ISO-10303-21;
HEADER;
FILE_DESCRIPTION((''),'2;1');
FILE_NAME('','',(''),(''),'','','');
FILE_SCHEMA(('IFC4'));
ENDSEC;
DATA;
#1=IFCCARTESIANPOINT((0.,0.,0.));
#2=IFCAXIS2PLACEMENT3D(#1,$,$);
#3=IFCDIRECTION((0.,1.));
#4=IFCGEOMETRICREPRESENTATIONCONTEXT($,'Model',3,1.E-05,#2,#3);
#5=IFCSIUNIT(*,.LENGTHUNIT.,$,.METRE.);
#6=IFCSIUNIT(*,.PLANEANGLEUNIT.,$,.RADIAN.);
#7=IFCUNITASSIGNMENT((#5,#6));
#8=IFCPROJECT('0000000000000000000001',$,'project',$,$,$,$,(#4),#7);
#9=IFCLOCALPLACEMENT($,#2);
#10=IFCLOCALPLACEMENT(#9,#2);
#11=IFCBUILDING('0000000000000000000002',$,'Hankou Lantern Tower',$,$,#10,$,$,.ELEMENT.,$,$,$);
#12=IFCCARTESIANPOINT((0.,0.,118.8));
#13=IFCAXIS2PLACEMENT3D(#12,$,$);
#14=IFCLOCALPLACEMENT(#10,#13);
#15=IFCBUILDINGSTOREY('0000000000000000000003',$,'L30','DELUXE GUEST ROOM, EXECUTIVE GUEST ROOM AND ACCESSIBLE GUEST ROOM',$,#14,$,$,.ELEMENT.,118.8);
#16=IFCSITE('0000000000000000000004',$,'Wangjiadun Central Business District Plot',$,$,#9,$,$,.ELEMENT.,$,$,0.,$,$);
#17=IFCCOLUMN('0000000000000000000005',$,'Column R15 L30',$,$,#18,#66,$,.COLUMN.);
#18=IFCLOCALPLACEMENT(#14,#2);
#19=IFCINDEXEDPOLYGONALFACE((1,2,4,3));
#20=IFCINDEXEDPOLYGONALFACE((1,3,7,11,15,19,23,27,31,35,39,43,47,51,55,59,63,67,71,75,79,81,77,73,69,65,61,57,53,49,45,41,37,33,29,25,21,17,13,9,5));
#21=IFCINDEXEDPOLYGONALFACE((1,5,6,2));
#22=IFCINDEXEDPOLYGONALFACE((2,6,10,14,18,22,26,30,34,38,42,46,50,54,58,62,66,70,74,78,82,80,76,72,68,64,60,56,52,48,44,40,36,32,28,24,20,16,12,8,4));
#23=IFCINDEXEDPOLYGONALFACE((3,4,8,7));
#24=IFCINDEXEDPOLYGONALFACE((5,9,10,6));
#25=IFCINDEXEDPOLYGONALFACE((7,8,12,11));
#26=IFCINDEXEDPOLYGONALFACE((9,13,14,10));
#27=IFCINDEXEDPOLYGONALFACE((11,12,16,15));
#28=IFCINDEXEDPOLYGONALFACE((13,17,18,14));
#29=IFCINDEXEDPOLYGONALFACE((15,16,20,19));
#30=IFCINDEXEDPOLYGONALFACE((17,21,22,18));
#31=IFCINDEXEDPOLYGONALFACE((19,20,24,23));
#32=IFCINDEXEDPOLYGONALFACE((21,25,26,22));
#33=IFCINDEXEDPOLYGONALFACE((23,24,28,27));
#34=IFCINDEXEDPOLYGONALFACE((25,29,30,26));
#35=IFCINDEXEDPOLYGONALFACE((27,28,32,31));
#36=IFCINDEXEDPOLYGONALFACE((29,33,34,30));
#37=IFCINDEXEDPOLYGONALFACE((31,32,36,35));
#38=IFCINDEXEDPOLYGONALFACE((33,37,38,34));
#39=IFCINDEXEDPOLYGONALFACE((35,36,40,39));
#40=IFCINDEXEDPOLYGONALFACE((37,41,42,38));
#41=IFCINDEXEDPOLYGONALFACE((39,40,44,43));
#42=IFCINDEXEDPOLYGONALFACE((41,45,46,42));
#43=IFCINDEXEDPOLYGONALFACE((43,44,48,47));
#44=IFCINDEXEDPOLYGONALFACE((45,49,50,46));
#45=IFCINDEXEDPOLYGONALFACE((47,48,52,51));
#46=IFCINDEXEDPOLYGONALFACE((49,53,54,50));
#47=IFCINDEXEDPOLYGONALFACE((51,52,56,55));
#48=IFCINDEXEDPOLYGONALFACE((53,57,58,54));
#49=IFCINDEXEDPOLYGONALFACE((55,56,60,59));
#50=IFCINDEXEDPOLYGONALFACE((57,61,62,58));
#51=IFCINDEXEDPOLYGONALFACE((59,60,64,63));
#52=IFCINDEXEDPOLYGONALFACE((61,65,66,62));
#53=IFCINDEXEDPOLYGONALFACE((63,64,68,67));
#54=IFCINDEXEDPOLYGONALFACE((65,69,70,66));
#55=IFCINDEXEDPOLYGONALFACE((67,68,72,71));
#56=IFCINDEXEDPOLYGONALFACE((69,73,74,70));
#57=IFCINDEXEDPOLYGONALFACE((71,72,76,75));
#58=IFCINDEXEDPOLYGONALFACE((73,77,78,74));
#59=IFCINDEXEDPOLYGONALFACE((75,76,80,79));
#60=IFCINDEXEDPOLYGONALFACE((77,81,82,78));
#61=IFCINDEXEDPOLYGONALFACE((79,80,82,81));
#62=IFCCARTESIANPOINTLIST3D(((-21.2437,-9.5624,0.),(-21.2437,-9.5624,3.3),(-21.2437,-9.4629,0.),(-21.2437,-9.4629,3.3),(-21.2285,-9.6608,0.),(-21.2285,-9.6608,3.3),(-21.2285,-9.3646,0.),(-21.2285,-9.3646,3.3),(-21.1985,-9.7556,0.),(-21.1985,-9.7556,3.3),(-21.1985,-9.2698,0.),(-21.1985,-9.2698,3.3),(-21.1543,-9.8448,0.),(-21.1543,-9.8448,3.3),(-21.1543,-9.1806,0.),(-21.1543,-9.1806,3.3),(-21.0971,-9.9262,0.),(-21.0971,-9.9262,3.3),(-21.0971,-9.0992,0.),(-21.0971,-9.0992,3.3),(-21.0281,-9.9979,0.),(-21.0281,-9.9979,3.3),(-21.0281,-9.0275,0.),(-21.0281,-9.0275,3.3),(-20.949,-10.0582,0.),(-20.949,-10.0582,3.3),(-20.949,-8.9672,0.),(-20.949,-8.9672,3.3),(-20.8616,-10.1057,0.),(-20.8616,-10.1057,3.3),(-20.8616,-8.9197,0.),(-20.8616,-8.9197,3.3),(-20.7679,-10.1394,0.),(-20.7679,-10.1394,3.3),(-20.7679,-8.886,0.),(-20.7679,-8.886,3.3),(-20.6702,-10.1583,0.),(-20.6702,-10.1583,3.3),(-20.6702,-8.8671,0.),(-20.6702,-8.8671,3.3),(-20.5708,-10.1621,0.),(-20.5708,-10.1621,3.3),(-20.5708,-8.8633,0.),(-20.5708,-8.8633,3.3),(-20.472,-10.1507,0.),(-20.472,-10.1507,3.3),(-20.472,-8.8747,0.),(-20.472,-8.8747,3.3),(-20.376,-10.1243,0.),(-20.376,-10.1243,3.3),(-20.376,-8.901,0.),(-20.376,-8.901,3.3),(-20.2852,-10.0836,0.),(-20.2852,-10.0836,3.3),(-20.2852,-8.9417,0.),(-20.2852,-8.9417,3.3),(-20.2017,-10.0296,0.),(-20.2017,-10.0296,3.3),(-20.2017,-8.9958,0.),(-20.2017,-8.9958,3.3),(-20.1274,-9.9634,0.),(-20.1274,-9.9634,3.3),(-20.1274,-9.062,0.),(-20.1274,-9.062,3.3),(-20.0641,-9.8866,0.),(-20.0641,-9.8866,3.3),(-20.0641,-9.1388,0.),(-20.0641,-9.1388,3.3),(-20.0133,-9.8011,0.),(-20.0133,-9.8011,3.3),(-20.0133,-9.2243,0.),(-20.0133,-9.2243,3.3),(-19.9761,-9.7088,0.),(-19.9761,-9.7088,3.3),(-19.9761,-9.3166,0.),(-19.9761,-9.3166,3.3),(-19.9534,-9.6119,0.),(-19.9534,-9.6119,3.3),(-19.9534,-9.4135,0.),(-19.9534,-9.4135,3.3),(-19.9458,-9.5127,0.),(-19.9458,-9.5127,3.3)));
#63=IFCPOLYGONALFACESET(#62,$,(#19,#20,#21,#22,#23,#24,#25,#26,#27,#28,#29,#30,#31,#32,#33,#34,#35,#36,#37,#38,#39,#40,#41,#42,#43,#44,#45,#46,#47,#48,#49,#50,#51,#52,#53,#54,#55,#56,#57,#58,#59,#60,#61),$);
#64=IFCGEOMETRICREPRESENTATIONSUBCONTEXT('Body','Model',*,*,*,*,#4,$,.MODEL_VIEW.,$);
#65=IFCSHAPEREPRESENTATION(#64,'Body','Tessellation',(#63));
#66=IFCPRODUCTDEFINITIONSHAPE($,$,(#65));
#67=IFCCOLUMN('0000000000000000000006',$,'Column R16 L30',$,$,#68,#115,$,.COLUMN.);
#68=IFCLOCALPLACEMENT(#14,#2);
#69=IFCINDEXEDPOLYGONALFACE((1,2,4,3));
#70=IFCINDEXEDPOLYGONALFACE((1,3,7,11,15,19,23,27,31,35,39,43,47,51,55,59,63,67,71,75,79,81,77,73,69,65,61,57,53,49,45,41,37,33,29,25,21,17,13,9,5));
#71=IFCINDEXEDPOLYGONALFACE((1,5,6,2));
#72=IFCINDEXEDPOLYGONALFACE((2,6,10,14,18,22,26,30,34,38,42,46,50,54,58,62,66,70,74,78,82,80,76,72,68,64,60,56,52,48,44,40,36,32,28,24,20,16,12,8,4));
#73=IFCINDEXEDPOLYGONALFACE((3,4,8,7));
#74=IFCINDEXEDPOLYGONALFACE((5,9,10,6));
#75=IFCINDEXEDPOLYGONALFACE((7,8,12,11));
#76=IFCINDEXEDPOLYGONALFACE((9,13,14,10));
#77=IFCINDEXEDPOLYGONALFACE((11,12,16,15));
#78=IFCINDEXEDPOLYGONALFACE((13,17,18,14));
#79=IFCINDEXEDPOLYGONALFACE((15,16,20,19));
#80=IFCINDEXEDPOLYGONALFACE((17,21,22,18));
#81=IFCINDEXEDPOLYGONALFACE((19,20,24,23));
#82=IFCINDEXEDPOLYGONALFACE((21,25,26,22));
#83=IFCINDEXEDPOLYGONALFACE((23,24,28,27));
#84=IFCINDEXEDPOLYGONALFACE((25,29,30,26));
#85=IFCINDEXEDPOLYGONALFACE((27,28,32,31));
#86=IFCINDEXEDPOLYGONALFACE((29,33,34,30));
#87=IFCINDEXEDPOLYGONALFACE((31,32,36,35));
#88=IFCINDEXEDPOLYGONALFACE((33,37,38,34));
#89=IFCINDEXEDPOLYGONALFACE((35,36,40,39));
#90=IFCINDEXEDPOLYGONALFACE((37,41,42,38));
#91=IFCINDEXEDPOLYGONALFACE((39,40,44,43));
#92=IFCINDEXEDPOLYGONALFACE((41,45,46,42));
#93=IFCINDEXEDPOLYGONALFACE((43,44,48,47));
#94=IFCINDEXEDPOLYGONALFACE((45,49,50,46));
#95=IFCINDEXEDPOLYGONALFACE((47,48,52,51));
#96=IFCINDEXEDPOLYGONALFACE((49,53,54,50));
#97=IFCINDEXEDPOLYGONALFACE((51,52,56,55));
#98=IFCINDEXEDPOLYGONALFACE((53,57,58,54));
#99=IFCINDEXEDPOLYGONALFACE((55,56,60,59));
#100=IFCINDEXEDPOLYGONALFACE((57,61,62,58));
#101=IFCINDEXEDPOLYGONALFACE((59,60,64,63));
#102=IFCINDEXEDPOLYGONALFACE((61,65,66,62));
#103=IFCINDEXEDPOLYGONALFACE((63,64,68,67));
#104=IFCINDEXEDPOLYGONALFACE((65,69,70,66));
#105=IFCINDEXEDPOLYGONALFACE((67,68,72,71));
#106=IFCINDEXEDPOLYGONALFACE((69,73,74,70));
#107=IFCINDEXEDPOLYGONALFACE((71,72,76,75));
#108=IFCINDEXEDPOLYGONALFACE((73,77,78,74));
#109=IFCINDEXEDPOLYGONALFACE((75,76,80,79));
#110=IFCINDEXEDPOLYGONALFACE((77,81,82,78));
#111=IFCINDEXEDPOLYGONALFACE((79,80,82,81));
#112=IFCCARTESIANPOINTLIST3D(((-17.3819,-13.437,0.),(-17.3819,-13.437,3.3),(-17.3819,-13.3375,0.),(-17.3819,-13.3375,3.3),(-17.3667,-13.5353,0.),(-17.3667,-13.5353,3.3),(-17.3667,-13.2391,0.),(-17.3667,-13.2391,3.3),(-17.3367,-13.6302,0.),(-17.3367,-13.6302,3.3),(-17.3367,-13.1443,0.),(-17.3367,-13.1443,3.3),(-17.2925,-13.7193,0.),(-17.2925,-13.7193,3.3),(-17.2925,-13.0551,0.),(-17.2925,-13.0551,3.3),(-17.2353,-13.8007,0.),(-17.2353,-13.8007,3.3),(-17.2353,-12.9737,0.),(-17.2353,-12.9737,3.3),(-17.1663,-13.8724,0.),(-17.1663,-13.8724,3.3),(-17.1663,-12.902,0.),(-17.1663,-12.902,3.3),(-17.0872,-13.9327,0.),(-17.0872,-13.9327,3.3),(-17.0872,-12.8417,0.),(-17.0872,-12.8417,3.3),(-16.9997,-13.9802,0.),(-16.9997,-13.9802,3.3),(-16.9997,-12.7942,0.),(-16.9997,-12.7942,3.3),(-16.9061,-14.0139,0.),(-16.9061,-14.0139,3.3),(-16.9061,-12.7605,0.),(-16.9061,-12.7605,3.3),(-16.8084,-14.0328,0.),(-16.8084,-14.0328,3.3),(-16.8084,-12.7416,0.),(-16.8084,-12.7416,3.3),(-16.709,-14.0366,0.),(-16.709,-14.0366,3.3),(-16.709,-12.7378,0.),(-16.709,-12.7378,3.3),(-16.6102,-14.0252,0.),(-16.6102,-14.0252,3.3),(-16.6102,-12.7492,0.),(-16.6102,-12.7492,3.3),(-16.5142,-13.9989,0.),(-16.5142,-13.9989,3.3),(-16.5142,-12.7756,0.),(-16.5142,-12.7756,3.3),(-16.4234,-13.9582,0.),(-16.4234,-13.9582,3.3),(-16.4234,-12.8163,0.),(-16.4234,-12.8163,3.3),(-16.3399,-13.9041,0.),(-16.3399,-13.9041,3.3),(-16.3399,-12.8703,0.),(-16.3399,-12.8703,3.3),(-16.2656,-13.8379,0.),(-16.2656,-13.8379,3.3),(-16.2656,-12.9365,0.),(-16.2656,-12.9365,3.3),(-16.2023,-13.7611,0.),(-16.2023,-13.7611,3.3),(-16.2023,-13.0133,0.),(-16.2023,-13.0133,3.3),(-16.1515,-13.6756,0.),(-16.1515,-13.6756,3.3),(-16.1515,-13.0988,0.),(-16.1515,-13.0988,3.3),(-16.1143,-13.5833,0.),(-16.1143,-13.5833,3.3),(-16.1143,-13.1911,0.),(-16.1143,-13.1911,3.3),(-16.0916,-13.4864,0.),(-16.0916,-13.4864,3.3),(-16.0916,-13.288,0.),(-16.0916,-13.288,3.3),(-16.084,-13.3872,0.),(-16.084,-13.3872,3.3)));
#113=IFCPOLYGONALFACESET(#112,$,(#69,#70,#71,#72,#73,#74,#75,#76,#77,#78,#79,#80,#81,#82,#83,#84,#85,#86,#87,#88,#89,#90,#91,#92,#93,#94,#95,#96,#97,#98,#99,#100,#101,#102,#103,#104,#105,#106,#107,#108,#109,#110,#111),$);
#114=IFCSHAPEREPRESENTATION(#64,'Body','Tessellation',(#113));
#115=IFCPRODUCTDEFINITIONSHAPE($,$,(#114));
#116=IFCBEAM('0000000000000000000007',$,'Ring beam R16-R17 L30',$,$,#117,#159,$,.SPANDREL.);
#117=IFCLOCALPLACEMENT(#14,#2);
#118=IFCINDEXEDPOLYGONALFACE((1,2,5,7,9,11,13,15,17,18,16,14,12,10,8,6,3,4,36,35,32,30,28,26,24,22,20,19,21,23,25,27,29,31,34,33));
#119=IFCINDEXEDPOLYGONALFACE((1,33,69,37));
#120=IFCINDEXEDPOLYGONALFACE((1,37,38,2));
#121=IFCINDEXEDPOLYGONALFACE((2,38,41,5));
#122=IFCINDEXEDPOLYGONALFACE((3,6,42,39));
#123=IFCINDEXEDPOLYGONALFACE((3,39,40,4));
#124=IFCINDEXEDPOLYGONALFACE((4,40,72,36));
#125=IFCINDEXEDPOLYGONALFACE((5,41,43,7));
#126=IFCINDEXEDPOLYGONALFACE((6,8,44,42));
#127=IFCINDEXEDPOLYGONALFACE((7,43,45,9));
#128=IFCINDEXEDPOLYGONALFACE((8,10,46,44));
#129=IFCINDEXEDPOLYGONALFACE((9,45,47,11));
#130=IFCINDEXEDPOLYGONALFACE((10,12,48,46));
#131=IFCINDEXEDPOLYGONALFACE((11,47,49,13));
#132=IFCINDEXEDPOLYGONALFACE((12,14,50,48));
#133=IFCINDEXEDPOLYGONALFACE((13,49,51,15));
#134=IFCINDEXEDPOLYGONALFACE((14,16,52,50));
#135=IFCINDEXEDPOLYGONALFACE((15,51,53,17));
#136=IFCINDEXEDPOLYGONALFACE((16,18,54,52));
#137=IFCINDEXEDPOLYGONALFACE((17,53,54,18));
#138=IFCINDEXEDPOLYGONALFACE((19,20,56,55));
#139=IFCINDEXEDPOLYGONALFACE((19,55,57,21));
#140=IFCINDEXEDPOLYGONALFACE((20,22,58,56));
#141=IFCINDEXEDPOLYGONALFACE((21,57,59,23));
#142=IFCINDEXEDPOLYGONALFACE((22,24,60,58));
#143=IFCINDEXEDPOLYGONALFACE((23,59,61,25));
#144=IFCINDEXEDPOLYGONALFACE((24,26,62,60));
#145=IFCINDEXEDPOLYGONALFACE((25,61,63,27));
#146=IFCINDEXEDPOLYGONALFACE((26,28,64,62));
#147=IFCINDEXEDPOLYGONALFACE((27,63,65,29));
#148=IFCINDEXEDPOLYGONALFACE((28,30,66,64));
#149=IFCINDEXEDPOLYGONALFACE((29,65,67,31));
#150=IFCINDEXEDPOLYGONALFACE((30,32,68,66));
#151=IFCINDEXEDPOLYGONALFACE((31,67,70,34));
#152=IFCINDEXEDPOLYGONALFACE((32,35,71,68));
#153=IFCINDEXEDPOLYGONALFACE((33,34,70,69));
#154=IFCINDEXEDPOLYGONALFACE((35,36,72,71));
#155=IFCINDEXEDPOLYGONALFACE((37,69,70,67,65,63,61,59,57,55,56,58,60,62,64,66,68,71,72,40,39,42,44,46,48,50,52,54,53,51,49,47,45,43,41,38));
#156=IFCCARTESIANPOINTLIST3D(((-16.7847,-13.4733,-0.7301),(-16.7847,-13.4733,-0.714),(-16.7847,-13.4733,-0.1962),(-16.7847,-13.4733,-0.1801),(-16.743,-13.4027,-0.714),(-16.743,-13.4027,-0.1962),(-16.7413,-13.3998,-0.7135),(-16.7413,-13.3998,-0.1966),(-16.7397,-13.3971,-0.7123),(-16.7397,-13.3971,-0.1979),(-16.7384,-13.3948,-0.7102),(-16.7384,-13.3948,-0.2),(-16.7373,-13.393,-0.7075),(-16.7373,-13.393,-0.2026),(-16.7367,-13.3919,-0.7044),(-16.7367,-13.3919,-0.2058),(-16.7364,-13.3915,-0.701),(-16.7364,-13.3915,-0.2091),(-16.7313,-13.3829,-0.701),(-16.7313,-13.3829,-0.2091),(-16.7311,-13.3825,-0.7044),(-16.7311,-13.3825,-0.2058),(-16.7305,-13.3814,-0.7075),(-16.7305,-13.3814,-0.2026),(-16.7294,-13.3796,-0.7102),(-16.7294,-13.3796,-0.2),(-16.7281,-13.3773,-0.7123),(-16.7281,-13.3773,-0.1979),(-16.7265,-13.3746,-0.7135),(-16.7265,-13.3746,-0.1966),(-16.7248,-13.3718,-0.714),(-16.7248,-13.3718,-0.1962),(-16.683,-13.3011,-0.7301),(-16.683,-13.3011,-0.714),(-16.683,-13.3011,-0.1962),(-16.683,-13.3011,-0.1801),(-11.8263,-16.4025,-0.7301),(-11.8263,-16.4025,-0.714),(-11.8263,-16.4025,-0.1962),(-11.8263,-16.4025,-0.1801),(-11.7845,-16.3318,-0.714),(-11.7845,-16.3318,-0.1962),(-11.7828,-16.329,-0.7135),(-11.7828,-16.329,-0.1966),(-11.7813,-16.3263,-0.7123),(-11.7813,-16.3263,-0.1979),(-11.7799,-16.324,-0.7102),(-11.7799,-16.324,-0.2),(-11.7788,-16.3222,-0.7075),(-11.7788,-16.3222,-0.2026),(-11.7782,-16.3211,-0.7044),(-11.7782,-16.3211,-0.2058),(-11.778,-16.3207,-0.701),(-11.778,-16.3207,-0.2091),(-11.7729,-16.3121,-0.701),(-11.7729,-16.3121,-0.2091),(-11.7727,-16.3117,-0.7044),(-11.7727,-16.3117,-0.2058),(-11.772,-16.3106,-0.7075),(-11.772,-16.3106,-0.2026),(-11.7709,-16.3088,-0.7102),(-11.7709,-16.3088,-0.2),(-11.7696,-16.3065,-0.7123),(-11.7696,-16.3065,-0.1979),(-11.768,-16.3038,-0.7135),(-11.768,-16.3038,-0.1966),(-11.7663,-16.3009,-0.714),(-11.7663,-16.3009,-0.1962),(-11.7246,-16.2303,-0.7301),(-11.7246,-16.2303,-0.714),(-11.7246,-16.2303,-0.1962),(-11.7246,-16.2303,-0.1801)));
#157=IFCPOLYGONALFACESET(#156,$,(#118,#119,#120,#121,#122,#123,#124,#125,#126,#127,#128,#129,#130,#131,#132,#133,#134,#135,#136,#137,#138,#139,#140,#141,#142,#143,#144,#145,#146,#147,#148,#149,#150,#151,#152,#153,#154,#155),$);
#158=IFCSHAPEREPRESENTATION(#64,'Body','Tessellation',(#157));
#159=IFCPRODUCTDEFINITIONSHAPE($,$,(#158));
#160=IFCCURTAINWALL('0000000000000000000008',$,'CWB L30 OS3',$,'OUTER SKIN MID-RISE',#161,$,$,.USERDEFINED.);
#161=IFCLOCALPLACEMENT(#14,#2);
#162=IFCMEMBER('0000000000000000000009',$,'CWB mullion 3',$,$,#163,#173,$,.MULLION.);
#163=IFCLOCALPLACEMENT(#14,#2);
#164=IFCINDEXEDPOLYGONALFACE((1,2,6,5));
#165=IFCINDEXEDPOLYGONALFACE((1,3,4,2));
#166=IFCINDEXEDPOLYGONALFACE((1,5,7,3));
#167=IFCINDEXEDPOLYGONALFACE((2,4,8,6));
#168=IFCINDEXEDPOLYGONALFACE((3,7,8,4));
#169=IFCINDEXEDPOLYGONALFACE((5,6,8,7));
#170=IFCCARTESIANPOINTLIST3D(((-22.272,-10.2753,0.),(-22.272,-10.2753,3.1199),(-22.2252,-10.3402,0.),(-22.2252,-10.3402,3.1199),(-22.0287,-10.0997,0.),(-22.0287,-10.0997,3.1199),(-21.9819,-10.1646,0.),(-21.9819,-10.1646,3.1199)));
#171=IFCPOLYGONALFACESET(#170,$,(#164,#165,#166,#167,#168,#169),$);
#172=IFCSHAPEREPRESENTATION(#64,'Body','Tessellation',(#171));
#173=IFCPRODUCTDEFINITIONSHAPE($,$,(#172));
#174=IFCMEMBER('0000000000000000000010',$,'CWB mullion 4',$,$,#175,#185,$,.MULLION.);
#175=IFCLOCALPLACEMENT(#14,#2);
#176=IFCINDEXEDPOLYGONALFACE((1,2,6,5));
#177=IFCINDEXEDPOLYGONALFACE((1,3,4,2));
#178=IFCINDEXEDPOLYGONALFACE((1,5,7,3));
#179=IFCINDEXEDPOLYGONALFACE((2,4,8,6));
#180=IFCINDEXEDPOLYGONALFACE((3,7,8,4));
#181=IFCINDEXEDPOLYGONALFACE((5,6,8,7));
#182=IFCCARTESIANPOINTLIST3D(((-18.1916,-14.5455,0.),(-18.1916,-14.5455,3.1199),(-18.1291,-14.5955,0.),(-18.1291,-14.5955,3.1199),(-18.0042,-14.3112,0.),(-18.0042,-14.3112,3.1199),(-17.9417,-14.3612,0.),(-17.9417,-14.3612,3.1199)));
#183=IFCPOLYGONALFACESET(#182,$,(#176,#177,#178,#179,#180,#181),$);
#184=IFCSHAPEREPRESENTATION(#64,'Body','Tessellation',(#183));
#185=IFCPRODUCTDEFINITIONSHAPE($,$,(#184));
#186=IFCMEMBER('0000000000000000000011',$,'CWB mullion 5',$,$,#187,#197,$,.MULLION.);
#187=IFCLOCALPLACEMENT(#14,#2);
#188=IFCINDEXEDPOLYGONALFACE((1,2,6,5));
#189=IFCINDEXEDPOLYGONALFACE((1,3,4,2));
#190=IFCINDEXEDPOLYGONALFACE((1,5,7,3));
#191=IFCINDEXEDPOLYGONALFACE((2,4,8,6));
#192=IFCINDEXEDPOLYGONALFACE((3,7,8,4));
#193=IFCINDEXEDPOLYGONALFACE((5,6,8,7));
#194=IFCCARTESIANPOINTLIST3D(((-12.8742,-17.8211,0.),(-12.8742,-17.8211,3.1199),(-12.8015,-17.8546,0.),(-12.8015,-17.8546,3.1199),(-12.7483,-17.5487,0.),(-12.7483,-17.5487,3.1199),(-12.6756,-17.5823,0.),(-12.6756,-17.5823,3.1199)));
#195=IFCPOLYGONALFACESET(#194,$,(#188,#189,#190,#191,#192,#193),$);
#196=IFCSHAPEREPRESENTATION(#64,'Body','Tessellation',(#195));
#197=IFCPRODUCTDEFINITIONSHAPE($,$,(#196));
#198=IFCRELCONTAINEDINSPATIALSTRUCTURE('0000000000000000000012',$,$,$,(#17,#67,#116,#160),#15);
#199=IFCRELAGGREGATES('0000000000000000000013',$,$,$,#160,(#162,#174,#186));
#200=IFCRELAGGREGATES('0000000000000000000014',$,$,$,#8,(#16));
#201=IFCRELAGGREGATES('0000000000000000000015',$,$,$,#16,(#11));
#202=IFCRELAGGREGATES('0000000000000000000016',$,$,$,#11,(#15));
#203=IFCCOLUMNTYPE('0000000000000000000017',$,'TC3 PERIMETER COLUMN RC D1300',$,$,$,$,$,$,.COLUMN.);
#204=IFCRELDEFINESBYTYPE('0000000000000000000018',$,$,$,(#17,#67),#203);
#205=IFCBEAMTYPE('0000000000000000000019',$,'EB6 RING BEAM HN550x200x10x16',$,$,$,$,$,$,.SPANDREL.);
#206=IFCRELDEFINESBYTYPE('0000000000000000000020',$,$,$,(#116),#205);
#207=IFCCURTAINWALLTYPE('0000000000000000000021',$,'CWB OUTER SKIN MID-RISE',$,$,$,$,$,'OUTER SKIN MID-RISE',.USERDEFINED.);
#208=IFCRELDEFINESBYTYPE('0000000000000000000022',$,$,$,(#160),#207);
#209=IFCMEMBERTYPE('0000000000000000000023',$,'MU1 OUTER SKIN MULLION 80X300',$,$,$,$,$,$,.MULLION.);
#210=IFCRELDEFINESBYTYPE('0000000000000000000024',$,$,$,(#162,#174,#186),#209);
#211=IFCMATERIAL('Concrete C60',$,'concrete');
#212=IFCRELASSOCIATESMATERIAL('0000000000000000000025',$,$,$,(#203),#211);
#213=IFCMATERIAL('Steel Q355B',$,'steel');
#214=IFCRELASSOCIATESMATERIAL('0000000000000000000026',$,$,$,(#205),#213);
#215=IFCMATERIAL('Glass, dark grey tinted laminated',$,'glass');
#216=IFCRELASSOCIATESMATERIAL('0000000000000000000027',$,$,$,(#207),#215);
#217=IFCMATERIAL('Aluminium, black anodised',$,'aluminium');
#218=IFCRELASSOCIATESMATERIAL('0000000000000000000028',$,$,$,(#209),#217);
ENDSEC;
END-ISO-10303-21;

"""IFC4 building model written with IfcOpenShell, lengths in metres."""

from ifc_helpers import new_model, si_unit, direction, frame, origin, origin_2d, place, context, subcontext, project, spatial, rectangle, circle, i_section, extrude, material, material_profile, profile_set, type_object, element, aggregate, save


model = new_model("IFC4")

# Units and contexts
model_context = context("Model", 3, precision=1e-05, world=origin(), true_north=direction((0.0, 1.0)))
body_context = subcontext(model_context, "Body", "Model", "MODEL_VIEW")
ifc_project = project(units=[si_unit("LENGTHUNIT", "METRE"), si_unit("PLANEANGLEUNIT", "RADIAN")], contexts=[model_context])

# Site, building, storey
site_placement = place(None, origin())
site = spatial("IfcSite", under=ifc_project, at=site_placement, Name="Wangjiadun Central Business District Plot", CompositionType="ELEMENT", RefElevation=0.0)
building_placement = place(site_placement, origin())
building = spatial("IfcBuilding", under=site, at=building_placement, Name="Hankou Lantern Tower", CompositionType="ELEMENT")
storey_placement = place(building_placement, frame((0.0, 0.0, 118.8)))
storey = spatial("IfcBuildingStorey", under=building, at=storey_placement, Name="L30", Description="DELUXE GUEST ROOM, EXECUTIVE GUEST ROOM AND ACCESSIBLE GUEST ROOM", CompositionType="ELEMENT", Elevation=118.8)

# Columns
ifc_material_1 = material(Name="Concrete C60", Category="concrete")
ifc_material_profile_1 = material_profile(ifc_material_1, circle(Radius=0.6499, at=origin_2d()), Name="RC D1300")
ifc_profile_set_1 = profile_set([ifc_material_profile_1], Name="Concrete C60")
column_type = type_object("IfcColumnType", Name="TC3 PERIMETER COLUMN RC D1300", PredefinedType="COLUMN", material=ifc_profile_set_1)
for number, where, z_axis, x_axis, name in (
    (1, (-20.5957, -9.5127, 0.0), (0.0, 0.0, 1.0), (1.0, 0.0, 0.0), "Column R15 L30"),
    (2, (-16.7339, -13.3872, 0.0), (0.0, 0.0, 1.0), (1.0, 0.0, 0.0), "Column R16 L30"),
):
    element("IfcColumn", number, at=place(storey_placement, frame(where, z_axis=z_axis, x_axis=x_axis)), inside=storey, type_object=column_type, Name=name, PredefinedType="COLUMN", context=body_context, shape_type="SweptSolid", body=[
        extrude(circle(Radius=0.6499, at=origin_2d()), origin(), (0.0, 0.0, 1.0), 3.3),
    ])

# Beam
ifc_material_2 = material(Name="Steel Q355B", Category="steel")
ifc_material_profile_2 = material_profile(ifc_material_2, i_section(OverallWidth=0.2, OverallDepth=0.55, WebThickness=0.01, FlangeThickness=0.0161, FilletRadius=0.0129, at=origin_2d()), Name="HN550x200x10x16")
ifc_profile_set_2 = profile_set([ifc_material_profile_2], Name="Steel Q355B")
beam_type_1 = type_object("IfcBeamType", Name="EB6 RING BEAM HN550x200x10x16", PredefinedType="SPANDREL", material=ifc_profile_set_2)
beam_1_placement = place(storey_placement, frame((-16.7339, -13.3872, -0.4551), z_axis=(0.860989, -0.508624, 0.0), x_axis=(0.508624, 0.860989, 0.0)))
element("IfcBeam", 3, at=beam_1_placement, inside=storey, type_object=beam_type_1, Name="Ring beam R16-R17 L30", PredefinedType="SPANDREL", context=body_context, shape_type="SweptSolid", body=[
    extrude(i_section(OverallWidth=0.2, OverallDepth=0.55, WebThickness=0.01, FlangeThickness=0.0161, FilletRadius=0.0129, at=origin_2d()), origin(), (0.0, 0.0, 1.0), 5.759),
])

# Curtain wall, members
ifc_material_3 = material(Name="Glass, dark grey tinted laminated", Category="glass")
curtain_wall_type = type_object("IfcCurtainWallType", Name="CWB OUTER SKIN MID-RISE", ElementType="OUTER SKIN MID-RISE", PredefinedType="USERDEFINED", material=ifc_material_3)
curtain_wall_placement = place(storey_placement, origin())
curtain_wall = element("IfcCurtainWall", 4, at=curtain_wall_placement, inside=storey, type_object=curtain_wall_type, Name="CWB L30 OS3", ObjectType="OUTER SKIN MID-RISE", PredefinedType="USERDEFINED")
ifc_material_4 = material(Name="Aluminium, black anodised", Category="aluminium")
ifc_material_profile_3 = material_profile(ifc_material_4, rectangle(XDim=0.0801, YDim=0.3, at=origin_2d()), Name="MU1 80X300")
ifc_profile_set_3 = profile_set([ifc_material_profile_3], Name="Aluminium, black anodised")
member_type_1 = type_object("IfcMemberType", Name="MU1 OUTER SKIN MULLION 80X300", PredefinedType="MULLION", material=ifc_profile_set_3)
member_1_placement = place(storey_placement, frame((-22.127, -10.22, 0.0), z_axis=(0.0, 0.0, 1.0), x_axis=(0.585206, -0.810885, 0.0)))
member_1 = element("IfcMember", 5, at=member_1_placement, type_object=member_type_1, Name="CWB mullion 3", PredefinedType="MULLION", context=body_context, shape_type="SweptSolid", body=[
    extrude(rectangle(XDim=0.0801, YDim=0.3, at=origin_2d()), origin(), (0.0, 0.0, 1.0), 3.1199),
])
member_2_placement = place(storey_placement, frame((-18.0667, -14.4534, 0.0), z_axis=(0.0, 0.0, 1.0), x_axis=(0.780869, -0.624695, 0.0)))
member_2 = element("IfcMember", 6, at=member_2_placement, type_object=member_type_1, Name="CWB mullion 4", PredefinedType="MULLION", context=body_context, shape_type="SweptSolid", body=[
    extrude(rectangle(XDim=0.0801, YDim=0.3, at=origin_2d()), origin(), (0.0, 0.0, 1.0), 3.1199),
])
member_3_placement = place(storey_placement, frame((-12.7749, -17.7017, 0.0), z_axis=(0.0, 0.0, 1.0), x_axis=(0.907841, -0.419314, 0.0)))
member_3 = element("IfcMember", 7, at=member_3_placement, type_object=member_type_1, Name="CWB mullion 5", PredefinedType="MULLION", context=body_context, shape_type="SweptSolid", body=[
    extrude(rectangle(XDim=0.0801, YDim=0.3, at=origin_2d()), origin(), (0.0, 0.0, 1.0), 3.1199),
])

aggregate(curtain_wall, [member_1, member_2, member_3])

save(model, "model.ifc")
